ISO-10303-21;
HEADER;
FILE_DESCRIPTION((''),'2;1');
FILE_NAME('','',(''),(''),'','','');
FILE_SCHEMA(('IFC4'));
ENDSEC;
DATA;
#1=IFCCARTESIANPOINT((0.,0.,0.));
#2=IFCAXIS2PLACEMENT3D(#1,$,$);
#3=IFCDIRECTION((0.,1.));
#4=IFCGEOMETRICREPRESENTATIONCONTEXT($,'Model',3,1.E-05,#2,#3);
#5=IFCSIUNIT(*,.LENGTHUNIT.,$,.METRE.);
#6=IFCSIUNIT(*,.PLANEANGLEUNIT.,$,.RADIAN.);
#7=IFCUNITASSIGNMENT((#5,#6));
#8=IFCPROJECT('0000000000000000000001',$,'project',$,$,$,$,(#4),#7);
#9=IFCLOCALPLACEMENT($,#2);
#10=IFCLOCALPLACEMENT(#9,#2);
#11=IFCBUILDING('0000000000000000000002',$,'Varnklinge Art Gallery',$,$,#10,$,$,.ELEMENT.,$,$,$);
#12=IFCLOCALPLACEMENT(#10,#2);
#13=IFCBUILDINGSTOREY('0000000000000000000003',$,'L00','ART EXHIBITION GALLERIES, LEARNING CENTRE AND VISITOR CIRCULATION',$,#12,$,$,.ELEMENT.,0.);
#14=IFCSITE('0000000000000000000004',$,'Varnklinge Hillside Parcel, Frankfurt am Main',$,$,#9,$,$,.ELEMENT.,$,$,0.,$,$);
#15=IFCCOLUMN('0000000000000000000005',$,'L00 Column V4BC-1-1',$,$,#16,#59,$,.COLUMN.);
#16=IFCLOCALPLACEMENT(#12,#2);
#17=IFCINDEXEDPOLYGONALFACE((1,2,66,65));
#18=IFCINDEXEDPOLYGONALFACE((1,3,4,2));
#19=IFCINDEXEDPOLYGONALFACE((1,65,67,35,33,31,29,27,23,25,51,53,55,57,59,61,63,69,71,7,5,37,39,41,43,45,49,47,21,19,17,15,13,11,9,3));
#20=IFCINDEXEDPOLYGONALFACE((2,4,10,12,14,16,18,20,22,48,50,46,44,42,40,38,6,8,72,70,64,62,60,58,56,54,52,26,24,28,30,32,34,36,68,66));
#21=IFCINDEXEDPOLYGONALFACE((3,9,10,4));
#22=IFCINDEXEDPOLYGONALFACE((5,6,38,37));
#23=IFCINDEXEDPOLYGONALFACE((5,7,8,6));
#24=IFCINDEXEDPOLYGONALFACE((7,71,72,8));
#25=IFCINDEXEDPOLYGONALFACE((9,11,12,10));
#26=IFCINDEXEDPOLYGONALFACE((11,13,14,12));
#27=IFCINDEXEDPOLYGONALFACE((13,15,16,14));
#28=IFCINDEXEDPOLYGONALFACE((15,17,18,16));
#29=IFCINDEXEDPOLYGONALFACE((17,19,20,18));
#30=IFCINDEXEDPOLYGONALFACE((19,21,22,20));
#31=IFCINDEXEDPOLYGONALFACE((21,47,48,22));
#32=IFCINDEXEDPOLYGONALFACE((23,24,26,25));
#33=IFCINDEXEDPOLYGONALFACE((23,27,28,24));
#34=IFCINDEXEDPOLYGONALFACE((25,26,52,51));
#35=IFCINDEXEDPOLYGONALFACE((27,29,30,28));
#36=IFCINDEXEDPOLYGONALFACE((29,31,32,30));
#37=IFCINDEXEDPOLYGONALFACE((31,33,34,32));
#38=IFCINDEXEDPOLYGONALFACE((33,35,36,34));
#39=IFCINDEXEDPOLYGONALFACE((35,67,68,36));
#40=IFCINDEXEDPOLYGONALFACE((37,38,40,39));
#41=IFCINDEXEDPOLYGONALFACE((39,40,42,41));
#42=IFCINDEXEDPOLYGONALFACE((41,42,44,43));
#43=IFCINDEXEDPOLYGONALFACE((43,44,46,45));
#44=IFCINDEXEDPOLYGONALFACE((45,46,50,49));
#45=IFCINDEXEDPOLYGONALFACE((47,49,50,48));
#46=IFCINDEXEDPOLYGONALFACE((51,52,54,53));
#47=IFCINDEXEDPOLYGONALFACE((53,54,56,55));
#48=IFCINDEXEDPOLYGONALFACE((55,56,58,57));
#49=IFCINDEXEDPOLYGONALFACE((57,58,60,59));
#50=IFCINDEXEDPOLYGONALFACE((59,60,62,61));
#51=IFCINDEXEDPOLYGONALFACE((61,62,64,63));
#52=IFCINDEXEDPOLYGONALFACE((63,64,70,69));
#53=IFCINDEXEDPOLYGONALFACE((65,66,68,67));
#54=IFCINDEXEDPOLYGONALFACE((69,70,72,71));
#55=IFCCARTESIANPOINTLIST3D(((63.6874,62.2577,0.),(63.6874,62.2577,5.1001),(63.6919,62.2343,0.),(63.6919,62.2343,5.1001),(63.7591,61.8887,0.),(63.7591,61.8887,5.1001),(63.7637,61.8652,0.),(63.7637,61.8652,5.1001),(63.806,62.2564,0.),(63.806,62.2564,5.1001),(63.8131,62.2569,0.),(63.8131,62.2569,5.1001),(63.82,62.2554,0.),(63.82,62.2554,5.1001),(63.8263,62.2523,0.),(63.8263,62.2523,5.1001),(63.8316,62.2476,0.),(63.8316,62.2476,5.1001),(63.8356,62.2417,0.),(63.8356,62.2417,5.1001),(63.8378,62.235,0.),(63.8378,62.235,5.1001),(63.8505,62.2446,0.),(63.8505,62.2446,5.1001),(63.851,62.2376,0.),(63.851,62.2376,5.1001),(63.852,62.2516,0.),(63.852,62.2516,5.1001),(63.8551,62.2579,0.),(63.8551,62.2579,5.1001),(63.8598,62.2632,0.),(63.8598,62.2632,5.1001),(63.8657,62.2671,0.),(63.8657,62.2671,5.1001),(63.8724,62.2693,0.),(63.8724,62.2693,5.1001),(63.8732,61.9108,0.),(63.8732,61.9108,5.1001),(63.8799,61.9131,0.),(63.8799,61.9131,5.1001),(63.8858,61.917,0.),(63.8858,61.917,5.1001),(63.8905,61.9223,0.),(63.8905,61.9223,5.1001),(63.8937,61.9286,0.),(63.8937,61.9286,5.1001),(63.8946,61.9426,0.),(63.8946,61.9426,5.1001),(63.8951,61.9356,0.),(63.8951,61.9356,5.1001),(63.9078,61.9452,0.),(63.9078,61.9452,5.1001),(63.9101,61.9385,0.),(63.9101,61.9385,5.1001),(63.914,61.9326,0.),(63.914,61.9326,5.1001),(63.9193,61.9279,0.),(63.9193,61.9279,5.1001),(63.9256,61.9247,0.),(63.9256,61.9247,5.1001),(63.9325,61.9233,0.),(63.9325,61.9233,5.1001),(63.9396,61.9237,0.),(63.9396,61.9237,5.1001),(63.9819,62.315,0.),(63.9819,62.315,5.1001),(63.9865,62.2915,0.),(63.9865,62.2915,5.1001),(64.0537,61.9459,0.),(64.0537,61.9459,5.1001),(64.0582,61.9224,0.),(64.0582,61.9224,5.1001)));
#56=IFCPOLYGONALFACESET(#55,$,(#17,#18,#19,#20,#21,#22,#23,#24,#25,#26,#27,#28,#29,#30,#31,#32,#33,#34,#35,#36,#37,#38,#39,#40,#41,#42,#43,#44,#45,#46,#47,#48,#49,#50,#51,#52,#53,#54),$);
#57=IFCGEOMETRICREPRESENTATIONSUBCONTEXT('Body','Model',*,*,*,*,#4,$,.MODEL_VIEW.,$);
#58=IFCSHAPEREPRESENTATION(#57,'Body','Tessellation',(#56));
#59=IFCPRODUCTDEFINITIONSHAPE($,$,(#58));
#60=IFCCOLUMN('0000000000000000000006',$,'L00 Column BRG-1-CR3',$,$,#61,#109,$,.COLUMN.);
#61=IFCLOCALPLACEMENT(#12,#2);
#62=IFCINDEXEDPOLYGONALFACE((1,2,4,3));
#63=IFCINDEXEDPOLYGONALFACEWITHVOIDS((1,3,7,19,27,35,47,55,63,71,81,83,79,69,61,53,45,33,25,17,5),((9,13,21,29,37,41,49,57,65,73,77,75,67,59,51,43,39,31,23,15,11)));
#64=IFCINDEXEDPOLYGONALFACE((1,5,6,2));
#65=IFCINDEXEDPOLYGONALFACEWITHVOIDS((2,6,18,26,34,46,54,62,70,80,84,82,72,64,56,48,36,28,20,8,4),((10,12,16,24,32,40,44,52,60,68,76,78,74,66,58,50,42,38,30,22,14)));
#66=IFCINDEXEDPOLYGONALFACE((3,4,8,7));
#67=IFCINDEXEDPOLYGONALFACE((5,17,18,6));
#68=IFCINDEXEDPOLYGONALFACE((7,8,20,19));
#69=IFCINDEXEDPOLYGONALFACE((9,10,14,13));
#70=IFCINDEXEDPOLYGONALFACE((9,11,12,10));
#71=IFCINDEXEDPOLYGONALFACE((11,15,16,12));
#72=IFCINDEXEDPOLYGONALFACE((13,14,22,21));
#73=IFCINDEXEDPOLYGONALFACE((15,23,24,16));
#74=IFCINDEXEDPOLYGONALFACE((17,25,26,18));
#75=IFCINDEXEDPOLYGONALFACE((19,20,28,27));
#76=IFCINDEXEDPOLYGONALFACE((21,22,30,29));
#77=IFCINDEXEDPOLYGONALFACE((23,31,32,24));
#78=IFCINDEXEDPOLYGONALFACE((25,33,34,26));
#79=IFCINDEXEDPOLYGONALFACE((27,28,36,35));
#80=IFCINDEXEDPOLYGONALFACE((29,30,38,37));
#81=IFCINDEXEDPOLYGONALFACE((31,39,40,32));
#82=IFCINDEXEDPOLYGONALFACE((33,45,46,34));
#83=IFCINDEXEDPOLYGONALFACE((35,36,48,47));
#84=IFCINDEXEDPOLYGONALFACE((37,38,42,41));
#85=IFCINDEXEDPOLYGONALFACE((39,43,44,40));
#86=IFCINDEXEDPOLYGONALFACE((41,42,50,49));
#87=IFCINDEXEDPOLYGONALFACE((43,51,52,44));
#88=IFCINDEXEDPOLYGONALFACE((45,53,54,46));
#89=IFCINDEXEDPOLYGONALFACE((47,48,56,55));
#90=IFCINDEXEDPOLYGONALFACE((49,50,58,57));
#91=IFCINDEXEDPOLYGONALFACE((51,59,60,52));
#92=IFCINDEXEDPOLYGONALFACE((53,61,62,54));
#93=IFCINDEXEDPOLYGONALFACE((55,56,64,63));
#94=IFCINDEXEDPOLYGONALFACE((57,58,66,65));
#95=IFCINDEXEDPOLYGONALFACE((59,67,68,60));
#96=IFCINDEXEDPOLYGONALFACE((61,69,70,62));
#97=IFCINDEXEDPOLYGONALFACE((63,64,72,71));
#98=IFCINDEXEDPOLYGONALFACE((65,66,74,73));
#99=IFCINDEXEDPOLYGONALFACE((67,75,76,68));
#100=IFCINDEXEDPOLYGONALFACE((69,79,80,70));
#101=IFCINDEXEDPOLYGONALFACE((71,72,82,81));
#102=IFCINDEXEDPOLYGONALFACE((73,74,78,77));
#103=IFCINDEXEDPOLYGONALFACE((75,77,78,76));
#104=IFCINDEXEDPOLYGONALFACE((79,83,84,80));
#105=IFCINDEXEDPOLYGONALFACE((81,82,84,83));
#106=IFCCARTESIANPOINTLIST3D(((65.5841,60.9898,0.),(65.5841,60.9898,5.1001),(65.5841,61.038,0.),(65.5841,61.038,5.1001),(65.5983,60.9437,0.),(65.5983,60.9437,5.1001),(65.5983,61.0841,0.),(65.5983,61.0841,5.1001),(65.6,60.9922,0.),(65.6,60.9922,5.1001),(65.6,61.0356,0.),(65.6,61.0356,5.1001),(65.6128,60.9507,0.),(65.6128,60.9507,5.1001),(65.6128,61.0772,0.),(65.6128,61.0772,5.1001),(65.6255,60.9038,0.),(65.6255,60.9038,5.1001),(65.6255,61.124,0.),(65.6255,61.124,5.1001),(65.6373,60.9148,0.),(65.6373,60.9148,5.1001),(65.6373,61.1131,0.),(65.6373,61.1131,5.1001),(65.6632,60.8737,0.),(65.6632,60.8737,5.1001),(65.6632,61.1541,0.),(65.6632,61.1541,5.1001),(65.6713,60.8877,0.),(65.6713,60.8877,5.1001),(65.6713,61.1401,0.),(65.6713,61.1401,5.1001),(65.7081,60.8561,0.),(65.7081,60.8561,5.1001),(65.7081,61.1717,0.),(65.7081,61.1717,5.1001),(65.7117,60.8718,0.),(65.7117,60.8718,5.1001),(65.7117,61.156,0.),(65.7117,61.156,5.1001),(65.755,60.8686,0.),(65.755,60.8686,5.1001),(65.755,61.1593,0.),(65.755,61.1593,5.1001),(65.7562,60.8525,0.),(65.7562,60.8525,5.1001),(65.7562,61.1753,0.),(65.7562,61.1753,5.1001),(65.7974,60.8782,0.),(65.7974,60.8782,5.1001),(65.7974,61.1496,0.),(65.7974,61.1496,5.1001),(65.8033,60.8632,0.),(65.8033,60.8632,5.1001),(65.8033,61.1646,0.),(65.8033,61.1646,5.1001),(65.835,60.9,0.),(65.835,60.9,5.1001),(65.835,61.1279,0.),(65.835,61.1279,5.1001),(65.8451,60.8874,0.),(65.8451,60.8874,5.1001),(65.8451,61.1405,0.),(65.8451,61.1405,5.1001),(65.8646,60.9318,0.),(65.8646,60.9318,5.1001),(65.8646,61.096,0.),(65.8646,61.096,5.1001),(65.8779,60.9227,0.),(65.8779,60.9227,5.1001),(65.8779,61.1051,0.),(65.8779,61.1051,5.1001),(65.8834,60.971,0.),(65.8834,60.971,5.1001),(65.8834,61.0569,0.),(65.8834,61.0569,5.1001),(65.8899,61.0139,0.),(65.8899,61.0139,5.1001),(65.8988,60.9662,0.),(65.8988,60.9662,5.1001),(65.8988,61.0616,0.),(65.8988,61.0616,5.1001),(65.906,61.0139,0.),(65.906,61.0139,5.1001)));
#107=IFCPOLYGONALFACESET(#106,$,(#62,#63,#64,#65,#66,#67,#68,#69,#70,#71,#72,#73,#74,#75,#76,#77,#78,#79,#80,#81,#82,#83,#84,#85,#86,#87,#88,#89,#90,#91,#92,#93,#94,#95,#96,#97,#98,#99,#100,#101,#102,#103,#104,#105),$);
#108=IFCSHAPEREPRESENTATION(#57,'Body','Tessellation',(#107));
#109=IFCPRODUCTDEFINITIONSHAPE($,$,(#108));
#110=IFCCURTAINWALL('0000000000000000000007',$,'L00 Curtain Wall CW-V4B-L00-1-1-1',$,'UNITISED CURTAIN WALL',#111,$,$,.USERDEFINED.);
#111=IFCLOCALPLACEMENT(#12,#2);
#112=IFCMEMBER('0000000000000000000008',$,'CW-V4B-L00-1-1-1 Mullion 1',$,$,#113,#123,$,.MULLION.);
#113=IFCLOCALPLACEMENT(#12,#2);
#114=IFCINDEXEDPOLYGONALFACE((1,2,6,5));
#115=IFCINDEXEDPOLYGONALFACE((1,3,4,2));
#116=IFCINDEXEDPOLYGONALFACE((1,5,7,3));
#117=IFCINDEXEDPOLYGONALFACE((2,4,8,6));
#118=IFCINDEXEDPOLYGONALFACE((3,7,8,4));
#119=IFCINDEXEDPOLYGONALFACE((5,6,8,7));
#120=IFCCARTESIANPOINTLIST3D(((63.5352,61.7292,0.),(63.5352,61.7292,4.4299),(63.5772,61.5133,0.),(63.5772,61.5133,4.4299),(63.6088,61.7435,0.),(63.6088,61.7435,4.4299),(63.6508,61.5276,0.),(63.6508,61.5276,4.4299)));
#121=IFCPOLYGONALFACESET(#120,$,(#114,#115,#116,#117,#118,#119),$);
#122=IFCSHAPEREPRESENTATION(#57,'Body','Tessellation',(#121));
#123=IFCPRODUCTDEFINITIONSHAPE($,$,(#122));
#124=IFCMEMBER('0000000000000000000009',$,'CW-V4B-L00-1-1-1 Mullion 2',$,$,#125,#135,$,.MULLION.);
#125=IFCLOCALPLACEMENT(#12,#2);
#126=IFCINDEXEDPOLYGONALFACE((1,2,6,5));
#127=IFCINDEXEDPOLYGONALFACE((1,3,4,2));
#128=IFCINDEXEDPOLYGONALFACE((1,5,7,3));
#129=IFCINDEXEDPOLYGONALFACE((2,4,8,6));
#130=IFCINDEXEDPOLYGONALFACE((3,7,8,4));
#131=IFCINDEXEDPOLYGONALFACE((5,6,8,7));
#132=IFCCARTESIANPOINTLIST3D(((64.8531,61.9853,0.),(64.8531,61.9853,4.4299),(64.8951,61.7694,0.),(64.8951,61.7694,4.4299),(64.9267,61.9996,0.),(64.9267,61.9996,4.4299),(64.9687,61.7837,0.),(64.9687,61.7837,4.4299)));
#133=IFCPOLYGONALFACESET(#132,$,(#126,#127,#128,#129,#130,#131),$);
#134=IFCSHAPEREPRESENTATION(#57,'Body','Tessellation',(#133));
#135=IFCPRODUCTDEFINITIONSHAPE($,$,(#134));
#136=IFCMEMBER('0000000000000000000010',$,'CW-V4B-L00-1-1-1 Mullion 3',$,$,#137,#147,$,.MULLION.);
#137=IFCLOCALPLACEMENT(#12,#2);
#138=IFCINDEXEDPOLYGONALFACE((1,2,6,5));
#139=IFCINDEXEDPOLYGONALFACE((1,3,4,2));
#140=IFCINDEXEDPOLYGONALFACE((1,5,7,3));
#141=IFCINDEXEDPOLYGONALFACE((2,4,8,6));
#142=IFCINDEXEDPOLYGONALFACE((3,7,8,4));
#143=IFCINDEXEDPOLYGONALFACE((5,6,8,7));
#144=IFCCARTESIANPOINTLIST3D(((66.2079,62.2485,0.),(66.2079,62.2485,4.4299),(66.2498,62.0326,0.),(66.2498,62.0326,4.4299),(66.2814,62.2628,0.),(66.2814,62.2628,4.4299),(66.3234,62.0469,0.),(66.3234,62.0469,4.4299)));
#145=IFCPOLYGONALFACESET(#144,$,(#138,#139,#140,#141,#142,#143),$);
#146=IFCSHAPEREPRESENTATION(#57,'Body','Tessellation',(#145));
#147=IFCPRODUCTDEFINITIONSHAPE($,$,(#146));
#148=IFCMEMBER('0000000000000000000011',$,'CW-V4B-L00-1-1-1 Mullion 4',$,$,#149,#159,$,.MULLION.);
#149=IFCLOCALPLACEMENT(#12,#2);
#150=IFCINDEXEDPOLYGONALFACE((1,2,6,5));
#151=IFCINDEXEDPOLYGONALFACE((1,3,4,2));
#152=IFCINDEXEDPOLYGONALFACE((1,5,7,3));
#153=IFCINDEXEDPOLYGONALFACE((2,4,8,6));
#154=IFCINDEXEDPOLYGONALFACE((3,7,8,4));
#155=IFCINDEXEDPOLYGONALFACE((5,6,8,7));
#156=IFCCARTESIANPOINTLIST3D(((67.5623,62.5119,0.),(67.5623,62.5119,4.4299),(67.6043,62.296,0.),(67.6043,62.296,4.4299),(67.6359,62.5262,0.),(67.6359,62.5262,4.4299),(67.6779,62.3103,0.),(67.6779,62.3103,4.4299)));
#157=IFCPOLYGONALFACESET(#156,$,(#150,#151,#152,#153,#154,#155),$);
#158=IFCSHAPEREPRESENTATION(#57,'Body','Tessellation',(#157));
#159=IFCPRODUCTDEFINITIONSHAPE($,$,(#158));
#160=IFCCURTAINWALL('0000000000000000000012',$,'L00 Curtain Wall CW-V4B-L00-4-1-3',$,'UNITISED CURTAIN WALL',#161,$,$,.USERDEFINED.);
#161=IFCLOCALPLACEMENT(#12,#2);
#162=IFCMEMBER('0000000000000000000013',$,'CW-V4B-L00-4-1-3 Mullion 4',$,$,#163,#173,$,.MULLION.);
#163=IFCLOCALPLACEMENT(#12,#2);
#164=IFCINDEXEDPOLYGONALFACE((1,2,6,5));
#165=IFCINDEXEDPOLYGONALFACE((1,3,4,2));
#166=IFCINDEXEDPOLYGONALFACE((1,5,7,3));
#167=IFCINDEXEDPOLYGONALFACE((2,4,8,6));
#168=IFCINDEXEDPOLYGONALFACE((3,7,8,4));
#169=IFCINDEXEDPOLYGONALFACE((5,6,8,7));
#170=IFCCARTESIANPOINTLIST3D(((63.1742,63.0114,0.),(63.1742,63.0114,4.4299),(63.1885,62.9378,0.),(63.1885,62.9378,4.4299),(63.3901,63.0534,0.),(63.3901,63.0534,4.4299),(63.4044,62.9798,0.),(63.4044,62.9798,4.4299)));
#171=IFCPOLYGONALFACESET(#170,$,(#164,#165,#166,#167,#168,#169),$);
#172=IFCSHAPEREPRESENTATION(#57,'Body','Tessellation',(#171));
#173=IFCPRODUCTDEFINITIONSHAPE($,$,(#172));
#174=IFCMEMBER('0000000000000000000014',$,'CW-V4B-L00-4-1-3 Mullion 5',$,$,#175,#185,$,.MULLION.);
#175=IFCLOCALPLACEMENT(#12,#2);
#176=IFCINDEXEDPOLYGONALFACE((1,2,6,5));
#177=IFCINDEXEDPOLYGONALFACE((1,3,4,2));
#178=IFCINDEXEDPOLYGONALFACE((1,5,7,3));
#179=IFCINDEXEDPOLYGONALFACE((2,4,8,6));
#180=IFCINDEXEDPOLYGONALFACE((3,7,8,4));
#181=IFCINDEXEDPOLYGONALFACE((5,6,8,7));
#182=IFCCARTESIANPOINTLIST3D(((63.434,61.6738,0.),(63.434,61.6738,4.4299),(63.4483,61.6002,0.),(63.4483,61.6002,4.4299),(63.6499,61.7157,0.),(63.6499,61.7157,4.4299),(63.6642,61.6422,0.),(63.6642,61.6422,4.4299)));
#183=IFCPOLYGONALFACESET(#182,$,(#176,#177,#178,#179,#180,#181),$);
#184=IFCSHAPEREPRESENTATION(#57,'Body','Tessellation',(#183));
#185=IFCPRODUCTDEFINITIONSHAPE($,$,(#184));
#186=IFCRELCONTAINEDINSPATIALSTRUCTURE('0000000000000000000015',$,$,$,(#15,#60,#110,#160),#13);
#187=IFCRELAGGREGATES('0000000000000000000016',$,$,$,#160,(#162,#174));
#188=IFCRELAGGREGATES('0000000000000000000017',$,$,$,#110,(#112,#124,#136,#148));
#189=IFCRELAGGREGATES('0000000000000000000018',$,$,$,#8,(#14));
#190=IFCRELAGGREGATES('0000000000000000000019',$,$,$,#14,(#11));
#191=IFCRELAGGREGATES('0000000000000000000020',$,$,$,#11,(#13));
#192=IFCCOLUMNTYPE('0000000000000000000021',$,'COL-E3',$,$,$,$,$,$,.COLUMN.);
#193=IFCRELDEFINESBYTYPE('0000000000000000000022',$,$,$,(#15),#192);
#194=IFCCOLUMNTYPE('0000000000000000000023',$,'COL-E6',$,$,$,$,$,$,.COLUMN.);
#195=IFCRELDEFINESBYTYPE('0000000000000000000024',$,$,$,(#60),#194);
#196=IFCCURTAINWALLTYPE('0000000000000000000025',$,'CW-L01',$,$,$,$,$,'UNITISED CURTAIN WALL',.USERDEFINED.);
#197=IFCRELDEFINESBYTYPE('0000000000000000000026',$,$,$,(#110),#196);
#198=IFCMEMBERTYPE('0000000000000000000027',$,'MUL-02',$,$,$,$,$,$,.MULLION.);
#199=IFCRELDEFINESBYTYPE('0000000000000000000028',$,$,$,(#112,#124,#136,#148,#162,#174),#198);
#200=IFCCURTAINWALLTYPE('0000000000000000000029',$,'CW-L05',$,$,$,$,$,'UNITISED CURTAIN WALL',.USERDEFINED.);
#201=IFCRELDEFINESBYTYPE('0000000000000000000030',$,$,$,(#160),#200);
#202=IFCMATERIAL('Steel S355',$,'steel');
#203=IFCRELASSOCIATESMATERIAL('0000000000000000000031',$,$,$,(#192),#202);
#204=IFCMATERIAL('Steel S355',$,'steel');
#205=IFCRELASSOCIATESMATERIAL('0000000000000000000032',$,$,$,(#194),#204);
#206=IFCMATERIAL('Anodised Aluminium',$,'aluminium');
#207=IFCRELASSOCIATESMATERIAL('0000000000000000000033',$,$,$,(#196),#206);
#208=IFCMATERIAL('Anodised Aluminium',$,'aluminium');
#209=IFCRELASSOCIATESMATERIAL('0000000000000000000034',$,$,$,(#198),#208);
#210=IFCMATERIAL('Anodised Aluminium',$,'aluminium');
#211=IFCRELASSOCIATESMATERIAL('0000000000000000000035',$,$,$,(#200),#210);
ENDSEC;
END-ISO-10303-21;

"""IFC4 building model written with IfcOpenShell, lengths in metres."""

from ifc_helpers import new_model, si_unit, direction, frame, origin, origin_2d, place, context, subcontext, project, spatial, rectangle, hollow_circle, i_section, extrude, material, material_profile, profile_set, type_object, element, aggregate, save


model = new_model("IFC4")

# Units and contexts
model_context = context("Model", 3, precision=1e-05, world=origin(), true_north=direction((0.0, 1.0)))
body_context = subcontext(model_context, "Body", "Model", "MODEL_VIEW")
ifc_project = project(units=[si_unit("LENGTHUNIT", "METRE"), si_unit("PLANEANGLEUNIT", "RADIAN")], contexts=[model_context])

# Site, building, storey
site_placement = place(None, origin())
site = spatial("IfcSite", under=ifc_project, at=site_placement, Name="Varnklinge Hillside Parcel, Frankfurt am Main", CompositionType="ELEMENT", RefElevation=0.0)
building_placement = place(site_placement, origin())
building = spatial("IfcBuilding", under=site, at=building_placement, Name="Varnklinge Art Gallery", CompositionType="ELEMENT")
storey_placement = place(building_placement, origin())
storey = spatial("IfcBuildingStorey", under=building, at=storey_placement, Name="L00", Description="ART EXHIBITION GALLERIES, LEARNING CENTRE AND VISITOR CIRCULATION", CompositionType="ELEMENT", Elevation=0.0)

# Columns
ifc_material_1 = material(Name="Steel S355", Category="steel")
ifc_material_profile_1 = material_profile(ifc_material_1, i_section(OverallWidth=0.3, OverallDepth=0.3999, WebThickness=0.0134, FlangeThickness=0.0239, FilletRadius=0.0271, at=origin_2d()), Name="HEB 400")
ifc_profile_set_1 = profile_set([ifc_material_profile_1], Name="Steel S355")
column_type_1 = type_object("IfcColumnType", Name="COL-E3", PredefinedType="COLUMN", material=ifc_profile_set_1)
column_1_placement = place(storey_placement, frame((63.8728, 62.0901, 0.0), z_axis=(0.0, 0.0, 1.0), x_axis=(0.981627, 0.190809, 0.0)))
element("IfcColumn", 1, at=column_1_placement, inside=storey, type_object=column_type_1, Name="L00 Column V4BC-1-1", PredefinedType="COLUMN", context=body_context, shape_type="SweptSolid", body=[
    extrude(i_section(OverallWidth=0.3, OverallDepth=0.3999, WebThickness=0.0134, FlangeThickness=0.0239, FilletRadius=0.0271, at=origin_2d()), origin(), (0.0, 0.0, 1.0), 5.1001),
])
ifc_material_2 = material(Name="Steel S355", Category="steel")
ifc_material_profile_2 = material_profile(ifc_material_2, hollow_circle(Radius=0.1619, WallThickness=0.0161, at=origin_2d()), Name="CHS 323.9x16")
ifc_profile_set_2 = profile_set([ifc_material_profile_2], Name="Steel S355")
column_type_2 = type_object("IfcColumnType", Name="COL-E6", PredefinedType="COLUMN", material=ifc_profile_set_2)
column_2_placement = place(storey_placement, frame((65.7441, 61.0139, 0.0), z_axis=(0.0, 0.0, 1.0), x_axis=(1.0, 0.0, 0.0)))
element("IfcColumn", 2, at=column_2_placement, inside=storey, type_object=column_type_2, Name="L00 Column BRG-1-CR3", PredefinedType="COLUMN", context=body_context, shape_type="SweptSolid", body=[
    extrude(hollow_circle(Radius=0.1619, WallThickness=0.0161, at=origin_2d()), origin(), (0.0, 0.0, 1.0), 5.1001),
])

# Curtain walls, members
ifc_material_3 = material(Name="Anodised Aluminium", Category="aluminium")
curtain_wall_type_1 = type_object("IfcCurtainWallType", Name="CW-L01", ElementType="UNITISED CURTAIN WALL", PredefinedType="USERDEFINED", material=ifc_material_3)
curtain_wall_1_placement = place(storey_placement, origin())
curtain_wall_1 = element("IfcCurtainWall", 3, at=curtain_wall_1_placement, inside=storey, type_object=curtain_wall_type_1, Name="L00 Curtain Wall CW-V4B-L00-1-1-1", ObjectType="UNITISED CURTAIN WALL", PredefinedType="USERDEFINED")
ifc_material_4 = material(Name="Anodised Aluminium", Category="aluminium")
ifc_material_profile_3 = material_profile(ifc_material_4, rectangle(XDim=0.075, YDim=0.22, at=origin_2d()), Name="ALU 75x220")
ifc_profile_set_3 = profile_set([ifc_material_profile_3], Name="Anodised Aluminium")
member_type_1 = type_object("IfcMemberType", Name="MUL-02", PredefinedType="MULLION", material=ifc_profile_set_3)
member_1_placement = place(storey_placement, frame((63.593, 61.6284, 0.0), z_axis=(0.0, 0.0, 1.0), x_axis=(0.981627, 0.190809, 0.0)))
member_1 = element("IfcMember", 4, at=member_1_placement, type_object=member_type_1, Name="CW-V4B-L00-1-1-1 Mullion 1", PredefinedType="MULLION", context=body_context, shape_type="SweptSolid", body=[
    extrude(rectangle(XDim=0.075, YDim=0.22, at=origin_2d()), origin(), (0.0, 0.0, 1.0), 4.4299),
])
member_2_placement = place(storey_placement, frame((64.9109, 61.8845, 0.0), z_axis=(0.0, 0.0, 1.0), x_axis=(0.981627, 0.190809, 0.0)))
member_2 = element("IfcMember", 5, at=member_2_placement, type_object=member_type_1, Name="CW-V4B-L00-1-1-1 Mullion 2", PredefinedType="MULLION", context=body_context, shape_type="SweptSolid", body=[
    extrude(rectangle(XDim=0.075, YDim=0.22, at=origin_2d()), origin(), (0.0, 0.0, 1.0), 4.4299),
])
member_3_placement = place(storey_placement, frame((66.2656, 62.1477, 0.0), z_axis=(0.0, 0.0, 1.0), x_axis=(0.981627, 0.190809, 0.0)))
member_3 = element("IfcMember", 6, at=member_3_placement, type_object=member_type_1, Name="CW-V4B-L00-1-1-1 Mullion 3", PredefinedType="MULLION", context=body_context, shape_type="SweptSolid", body=[
    extrude(rectangle(XDim=0.075, YDim=0.22, at=origin_2d()), origin(), (0.0, 0.0, 1.0), 4.4299),
])
member_4_placement = place(storey_placement, frame((67.6201, 62.4111, 0.0), z_axis=(0.0, 0.0, 1.0), x_axis=(0.981627, 0.190809, 0.0)))
member_4 = element("IfcMember", 7, at=member_4_placement, type_object=member_type_1, Name="CW-V4B-L00-1-1-1 Mullion 4", PredefinedType="MULLION", context=body_context, shape_type="SweptSolid", body=[
    extrude(rectangle(XDim=0.075, YDim=0.22, at=origin_2d()), origin(), (0.0, 0.0, 1.0), 4.4299),
])
ifc_material_5 = material(Name="Anodised Aluminium", Category="aluminium")
curtain_wall_type_2 = type_object("IfcCurtainWallType", Name="CW-L05", ElementType="UNITISED CURTAIN WALL", PredefinedType="USERDEFINED", material=ifc_material_5)
curtain_wall_2_placement = place(storey_placement, origin())
curtain_wall_2 = element("IfcCurtainWall", 8, at=curtain_wall_2_placement, inside=storey, type_object=curtain_wall_type_2, Name="L00 Curtain Wall CW-V4B-L00-4-1-3", ObjectType="UNITISED CURTAIN WALL", PredefinedType="USERDEFINED")
member_5_placement = place(storey_placement, frame((63.2893, 62.9956, 0.0), z_axis=(0.0, 0.0, 1.0), x_axis=(0.190809, -0.981627, 0.0)))
member_5 = element("IfcMember", 9, at=member_5_placement, type_object=member_type_1, Name="CW-V4B-L00-4-1-3 Mullion 4", PredefinedType="MULLION", context=body_context, shape_type="SweptSolid", body=[
    extrude(rectangle(XDim=0.075, YDim=0.22, at=origin_2d()), origin(), (0.0, 0.0, 1.0), 4.4299),
])
member_6_placement = place(storey_placement, frame((63.5491, 61.658, 0.0), z_axis=(0.0, 0.0, 1.0), x_axis=(0.190809, -0.981627, 0.0)))
member_6 = element("IfcMember", 10, at=member_6_placement, type_object=member_type_1, Name="CW-V4B-L00-4-1-3 Mullion 5", PredefinedType="MULLION", context=body_context, shape_type="SweptSolid", body=[
    extrude(rectangle(XDim=0.075, YDim=0.22, at=origin_2d()), origin(), (0.0, 0.0, 1.0), 4.4299),
])
aggregate(curtain_wall_2, [member_5, member_6])

aggregate(curtain_wall_1, [member_1, member_2, member_3, member_4])

save(model, "model.ifc")
